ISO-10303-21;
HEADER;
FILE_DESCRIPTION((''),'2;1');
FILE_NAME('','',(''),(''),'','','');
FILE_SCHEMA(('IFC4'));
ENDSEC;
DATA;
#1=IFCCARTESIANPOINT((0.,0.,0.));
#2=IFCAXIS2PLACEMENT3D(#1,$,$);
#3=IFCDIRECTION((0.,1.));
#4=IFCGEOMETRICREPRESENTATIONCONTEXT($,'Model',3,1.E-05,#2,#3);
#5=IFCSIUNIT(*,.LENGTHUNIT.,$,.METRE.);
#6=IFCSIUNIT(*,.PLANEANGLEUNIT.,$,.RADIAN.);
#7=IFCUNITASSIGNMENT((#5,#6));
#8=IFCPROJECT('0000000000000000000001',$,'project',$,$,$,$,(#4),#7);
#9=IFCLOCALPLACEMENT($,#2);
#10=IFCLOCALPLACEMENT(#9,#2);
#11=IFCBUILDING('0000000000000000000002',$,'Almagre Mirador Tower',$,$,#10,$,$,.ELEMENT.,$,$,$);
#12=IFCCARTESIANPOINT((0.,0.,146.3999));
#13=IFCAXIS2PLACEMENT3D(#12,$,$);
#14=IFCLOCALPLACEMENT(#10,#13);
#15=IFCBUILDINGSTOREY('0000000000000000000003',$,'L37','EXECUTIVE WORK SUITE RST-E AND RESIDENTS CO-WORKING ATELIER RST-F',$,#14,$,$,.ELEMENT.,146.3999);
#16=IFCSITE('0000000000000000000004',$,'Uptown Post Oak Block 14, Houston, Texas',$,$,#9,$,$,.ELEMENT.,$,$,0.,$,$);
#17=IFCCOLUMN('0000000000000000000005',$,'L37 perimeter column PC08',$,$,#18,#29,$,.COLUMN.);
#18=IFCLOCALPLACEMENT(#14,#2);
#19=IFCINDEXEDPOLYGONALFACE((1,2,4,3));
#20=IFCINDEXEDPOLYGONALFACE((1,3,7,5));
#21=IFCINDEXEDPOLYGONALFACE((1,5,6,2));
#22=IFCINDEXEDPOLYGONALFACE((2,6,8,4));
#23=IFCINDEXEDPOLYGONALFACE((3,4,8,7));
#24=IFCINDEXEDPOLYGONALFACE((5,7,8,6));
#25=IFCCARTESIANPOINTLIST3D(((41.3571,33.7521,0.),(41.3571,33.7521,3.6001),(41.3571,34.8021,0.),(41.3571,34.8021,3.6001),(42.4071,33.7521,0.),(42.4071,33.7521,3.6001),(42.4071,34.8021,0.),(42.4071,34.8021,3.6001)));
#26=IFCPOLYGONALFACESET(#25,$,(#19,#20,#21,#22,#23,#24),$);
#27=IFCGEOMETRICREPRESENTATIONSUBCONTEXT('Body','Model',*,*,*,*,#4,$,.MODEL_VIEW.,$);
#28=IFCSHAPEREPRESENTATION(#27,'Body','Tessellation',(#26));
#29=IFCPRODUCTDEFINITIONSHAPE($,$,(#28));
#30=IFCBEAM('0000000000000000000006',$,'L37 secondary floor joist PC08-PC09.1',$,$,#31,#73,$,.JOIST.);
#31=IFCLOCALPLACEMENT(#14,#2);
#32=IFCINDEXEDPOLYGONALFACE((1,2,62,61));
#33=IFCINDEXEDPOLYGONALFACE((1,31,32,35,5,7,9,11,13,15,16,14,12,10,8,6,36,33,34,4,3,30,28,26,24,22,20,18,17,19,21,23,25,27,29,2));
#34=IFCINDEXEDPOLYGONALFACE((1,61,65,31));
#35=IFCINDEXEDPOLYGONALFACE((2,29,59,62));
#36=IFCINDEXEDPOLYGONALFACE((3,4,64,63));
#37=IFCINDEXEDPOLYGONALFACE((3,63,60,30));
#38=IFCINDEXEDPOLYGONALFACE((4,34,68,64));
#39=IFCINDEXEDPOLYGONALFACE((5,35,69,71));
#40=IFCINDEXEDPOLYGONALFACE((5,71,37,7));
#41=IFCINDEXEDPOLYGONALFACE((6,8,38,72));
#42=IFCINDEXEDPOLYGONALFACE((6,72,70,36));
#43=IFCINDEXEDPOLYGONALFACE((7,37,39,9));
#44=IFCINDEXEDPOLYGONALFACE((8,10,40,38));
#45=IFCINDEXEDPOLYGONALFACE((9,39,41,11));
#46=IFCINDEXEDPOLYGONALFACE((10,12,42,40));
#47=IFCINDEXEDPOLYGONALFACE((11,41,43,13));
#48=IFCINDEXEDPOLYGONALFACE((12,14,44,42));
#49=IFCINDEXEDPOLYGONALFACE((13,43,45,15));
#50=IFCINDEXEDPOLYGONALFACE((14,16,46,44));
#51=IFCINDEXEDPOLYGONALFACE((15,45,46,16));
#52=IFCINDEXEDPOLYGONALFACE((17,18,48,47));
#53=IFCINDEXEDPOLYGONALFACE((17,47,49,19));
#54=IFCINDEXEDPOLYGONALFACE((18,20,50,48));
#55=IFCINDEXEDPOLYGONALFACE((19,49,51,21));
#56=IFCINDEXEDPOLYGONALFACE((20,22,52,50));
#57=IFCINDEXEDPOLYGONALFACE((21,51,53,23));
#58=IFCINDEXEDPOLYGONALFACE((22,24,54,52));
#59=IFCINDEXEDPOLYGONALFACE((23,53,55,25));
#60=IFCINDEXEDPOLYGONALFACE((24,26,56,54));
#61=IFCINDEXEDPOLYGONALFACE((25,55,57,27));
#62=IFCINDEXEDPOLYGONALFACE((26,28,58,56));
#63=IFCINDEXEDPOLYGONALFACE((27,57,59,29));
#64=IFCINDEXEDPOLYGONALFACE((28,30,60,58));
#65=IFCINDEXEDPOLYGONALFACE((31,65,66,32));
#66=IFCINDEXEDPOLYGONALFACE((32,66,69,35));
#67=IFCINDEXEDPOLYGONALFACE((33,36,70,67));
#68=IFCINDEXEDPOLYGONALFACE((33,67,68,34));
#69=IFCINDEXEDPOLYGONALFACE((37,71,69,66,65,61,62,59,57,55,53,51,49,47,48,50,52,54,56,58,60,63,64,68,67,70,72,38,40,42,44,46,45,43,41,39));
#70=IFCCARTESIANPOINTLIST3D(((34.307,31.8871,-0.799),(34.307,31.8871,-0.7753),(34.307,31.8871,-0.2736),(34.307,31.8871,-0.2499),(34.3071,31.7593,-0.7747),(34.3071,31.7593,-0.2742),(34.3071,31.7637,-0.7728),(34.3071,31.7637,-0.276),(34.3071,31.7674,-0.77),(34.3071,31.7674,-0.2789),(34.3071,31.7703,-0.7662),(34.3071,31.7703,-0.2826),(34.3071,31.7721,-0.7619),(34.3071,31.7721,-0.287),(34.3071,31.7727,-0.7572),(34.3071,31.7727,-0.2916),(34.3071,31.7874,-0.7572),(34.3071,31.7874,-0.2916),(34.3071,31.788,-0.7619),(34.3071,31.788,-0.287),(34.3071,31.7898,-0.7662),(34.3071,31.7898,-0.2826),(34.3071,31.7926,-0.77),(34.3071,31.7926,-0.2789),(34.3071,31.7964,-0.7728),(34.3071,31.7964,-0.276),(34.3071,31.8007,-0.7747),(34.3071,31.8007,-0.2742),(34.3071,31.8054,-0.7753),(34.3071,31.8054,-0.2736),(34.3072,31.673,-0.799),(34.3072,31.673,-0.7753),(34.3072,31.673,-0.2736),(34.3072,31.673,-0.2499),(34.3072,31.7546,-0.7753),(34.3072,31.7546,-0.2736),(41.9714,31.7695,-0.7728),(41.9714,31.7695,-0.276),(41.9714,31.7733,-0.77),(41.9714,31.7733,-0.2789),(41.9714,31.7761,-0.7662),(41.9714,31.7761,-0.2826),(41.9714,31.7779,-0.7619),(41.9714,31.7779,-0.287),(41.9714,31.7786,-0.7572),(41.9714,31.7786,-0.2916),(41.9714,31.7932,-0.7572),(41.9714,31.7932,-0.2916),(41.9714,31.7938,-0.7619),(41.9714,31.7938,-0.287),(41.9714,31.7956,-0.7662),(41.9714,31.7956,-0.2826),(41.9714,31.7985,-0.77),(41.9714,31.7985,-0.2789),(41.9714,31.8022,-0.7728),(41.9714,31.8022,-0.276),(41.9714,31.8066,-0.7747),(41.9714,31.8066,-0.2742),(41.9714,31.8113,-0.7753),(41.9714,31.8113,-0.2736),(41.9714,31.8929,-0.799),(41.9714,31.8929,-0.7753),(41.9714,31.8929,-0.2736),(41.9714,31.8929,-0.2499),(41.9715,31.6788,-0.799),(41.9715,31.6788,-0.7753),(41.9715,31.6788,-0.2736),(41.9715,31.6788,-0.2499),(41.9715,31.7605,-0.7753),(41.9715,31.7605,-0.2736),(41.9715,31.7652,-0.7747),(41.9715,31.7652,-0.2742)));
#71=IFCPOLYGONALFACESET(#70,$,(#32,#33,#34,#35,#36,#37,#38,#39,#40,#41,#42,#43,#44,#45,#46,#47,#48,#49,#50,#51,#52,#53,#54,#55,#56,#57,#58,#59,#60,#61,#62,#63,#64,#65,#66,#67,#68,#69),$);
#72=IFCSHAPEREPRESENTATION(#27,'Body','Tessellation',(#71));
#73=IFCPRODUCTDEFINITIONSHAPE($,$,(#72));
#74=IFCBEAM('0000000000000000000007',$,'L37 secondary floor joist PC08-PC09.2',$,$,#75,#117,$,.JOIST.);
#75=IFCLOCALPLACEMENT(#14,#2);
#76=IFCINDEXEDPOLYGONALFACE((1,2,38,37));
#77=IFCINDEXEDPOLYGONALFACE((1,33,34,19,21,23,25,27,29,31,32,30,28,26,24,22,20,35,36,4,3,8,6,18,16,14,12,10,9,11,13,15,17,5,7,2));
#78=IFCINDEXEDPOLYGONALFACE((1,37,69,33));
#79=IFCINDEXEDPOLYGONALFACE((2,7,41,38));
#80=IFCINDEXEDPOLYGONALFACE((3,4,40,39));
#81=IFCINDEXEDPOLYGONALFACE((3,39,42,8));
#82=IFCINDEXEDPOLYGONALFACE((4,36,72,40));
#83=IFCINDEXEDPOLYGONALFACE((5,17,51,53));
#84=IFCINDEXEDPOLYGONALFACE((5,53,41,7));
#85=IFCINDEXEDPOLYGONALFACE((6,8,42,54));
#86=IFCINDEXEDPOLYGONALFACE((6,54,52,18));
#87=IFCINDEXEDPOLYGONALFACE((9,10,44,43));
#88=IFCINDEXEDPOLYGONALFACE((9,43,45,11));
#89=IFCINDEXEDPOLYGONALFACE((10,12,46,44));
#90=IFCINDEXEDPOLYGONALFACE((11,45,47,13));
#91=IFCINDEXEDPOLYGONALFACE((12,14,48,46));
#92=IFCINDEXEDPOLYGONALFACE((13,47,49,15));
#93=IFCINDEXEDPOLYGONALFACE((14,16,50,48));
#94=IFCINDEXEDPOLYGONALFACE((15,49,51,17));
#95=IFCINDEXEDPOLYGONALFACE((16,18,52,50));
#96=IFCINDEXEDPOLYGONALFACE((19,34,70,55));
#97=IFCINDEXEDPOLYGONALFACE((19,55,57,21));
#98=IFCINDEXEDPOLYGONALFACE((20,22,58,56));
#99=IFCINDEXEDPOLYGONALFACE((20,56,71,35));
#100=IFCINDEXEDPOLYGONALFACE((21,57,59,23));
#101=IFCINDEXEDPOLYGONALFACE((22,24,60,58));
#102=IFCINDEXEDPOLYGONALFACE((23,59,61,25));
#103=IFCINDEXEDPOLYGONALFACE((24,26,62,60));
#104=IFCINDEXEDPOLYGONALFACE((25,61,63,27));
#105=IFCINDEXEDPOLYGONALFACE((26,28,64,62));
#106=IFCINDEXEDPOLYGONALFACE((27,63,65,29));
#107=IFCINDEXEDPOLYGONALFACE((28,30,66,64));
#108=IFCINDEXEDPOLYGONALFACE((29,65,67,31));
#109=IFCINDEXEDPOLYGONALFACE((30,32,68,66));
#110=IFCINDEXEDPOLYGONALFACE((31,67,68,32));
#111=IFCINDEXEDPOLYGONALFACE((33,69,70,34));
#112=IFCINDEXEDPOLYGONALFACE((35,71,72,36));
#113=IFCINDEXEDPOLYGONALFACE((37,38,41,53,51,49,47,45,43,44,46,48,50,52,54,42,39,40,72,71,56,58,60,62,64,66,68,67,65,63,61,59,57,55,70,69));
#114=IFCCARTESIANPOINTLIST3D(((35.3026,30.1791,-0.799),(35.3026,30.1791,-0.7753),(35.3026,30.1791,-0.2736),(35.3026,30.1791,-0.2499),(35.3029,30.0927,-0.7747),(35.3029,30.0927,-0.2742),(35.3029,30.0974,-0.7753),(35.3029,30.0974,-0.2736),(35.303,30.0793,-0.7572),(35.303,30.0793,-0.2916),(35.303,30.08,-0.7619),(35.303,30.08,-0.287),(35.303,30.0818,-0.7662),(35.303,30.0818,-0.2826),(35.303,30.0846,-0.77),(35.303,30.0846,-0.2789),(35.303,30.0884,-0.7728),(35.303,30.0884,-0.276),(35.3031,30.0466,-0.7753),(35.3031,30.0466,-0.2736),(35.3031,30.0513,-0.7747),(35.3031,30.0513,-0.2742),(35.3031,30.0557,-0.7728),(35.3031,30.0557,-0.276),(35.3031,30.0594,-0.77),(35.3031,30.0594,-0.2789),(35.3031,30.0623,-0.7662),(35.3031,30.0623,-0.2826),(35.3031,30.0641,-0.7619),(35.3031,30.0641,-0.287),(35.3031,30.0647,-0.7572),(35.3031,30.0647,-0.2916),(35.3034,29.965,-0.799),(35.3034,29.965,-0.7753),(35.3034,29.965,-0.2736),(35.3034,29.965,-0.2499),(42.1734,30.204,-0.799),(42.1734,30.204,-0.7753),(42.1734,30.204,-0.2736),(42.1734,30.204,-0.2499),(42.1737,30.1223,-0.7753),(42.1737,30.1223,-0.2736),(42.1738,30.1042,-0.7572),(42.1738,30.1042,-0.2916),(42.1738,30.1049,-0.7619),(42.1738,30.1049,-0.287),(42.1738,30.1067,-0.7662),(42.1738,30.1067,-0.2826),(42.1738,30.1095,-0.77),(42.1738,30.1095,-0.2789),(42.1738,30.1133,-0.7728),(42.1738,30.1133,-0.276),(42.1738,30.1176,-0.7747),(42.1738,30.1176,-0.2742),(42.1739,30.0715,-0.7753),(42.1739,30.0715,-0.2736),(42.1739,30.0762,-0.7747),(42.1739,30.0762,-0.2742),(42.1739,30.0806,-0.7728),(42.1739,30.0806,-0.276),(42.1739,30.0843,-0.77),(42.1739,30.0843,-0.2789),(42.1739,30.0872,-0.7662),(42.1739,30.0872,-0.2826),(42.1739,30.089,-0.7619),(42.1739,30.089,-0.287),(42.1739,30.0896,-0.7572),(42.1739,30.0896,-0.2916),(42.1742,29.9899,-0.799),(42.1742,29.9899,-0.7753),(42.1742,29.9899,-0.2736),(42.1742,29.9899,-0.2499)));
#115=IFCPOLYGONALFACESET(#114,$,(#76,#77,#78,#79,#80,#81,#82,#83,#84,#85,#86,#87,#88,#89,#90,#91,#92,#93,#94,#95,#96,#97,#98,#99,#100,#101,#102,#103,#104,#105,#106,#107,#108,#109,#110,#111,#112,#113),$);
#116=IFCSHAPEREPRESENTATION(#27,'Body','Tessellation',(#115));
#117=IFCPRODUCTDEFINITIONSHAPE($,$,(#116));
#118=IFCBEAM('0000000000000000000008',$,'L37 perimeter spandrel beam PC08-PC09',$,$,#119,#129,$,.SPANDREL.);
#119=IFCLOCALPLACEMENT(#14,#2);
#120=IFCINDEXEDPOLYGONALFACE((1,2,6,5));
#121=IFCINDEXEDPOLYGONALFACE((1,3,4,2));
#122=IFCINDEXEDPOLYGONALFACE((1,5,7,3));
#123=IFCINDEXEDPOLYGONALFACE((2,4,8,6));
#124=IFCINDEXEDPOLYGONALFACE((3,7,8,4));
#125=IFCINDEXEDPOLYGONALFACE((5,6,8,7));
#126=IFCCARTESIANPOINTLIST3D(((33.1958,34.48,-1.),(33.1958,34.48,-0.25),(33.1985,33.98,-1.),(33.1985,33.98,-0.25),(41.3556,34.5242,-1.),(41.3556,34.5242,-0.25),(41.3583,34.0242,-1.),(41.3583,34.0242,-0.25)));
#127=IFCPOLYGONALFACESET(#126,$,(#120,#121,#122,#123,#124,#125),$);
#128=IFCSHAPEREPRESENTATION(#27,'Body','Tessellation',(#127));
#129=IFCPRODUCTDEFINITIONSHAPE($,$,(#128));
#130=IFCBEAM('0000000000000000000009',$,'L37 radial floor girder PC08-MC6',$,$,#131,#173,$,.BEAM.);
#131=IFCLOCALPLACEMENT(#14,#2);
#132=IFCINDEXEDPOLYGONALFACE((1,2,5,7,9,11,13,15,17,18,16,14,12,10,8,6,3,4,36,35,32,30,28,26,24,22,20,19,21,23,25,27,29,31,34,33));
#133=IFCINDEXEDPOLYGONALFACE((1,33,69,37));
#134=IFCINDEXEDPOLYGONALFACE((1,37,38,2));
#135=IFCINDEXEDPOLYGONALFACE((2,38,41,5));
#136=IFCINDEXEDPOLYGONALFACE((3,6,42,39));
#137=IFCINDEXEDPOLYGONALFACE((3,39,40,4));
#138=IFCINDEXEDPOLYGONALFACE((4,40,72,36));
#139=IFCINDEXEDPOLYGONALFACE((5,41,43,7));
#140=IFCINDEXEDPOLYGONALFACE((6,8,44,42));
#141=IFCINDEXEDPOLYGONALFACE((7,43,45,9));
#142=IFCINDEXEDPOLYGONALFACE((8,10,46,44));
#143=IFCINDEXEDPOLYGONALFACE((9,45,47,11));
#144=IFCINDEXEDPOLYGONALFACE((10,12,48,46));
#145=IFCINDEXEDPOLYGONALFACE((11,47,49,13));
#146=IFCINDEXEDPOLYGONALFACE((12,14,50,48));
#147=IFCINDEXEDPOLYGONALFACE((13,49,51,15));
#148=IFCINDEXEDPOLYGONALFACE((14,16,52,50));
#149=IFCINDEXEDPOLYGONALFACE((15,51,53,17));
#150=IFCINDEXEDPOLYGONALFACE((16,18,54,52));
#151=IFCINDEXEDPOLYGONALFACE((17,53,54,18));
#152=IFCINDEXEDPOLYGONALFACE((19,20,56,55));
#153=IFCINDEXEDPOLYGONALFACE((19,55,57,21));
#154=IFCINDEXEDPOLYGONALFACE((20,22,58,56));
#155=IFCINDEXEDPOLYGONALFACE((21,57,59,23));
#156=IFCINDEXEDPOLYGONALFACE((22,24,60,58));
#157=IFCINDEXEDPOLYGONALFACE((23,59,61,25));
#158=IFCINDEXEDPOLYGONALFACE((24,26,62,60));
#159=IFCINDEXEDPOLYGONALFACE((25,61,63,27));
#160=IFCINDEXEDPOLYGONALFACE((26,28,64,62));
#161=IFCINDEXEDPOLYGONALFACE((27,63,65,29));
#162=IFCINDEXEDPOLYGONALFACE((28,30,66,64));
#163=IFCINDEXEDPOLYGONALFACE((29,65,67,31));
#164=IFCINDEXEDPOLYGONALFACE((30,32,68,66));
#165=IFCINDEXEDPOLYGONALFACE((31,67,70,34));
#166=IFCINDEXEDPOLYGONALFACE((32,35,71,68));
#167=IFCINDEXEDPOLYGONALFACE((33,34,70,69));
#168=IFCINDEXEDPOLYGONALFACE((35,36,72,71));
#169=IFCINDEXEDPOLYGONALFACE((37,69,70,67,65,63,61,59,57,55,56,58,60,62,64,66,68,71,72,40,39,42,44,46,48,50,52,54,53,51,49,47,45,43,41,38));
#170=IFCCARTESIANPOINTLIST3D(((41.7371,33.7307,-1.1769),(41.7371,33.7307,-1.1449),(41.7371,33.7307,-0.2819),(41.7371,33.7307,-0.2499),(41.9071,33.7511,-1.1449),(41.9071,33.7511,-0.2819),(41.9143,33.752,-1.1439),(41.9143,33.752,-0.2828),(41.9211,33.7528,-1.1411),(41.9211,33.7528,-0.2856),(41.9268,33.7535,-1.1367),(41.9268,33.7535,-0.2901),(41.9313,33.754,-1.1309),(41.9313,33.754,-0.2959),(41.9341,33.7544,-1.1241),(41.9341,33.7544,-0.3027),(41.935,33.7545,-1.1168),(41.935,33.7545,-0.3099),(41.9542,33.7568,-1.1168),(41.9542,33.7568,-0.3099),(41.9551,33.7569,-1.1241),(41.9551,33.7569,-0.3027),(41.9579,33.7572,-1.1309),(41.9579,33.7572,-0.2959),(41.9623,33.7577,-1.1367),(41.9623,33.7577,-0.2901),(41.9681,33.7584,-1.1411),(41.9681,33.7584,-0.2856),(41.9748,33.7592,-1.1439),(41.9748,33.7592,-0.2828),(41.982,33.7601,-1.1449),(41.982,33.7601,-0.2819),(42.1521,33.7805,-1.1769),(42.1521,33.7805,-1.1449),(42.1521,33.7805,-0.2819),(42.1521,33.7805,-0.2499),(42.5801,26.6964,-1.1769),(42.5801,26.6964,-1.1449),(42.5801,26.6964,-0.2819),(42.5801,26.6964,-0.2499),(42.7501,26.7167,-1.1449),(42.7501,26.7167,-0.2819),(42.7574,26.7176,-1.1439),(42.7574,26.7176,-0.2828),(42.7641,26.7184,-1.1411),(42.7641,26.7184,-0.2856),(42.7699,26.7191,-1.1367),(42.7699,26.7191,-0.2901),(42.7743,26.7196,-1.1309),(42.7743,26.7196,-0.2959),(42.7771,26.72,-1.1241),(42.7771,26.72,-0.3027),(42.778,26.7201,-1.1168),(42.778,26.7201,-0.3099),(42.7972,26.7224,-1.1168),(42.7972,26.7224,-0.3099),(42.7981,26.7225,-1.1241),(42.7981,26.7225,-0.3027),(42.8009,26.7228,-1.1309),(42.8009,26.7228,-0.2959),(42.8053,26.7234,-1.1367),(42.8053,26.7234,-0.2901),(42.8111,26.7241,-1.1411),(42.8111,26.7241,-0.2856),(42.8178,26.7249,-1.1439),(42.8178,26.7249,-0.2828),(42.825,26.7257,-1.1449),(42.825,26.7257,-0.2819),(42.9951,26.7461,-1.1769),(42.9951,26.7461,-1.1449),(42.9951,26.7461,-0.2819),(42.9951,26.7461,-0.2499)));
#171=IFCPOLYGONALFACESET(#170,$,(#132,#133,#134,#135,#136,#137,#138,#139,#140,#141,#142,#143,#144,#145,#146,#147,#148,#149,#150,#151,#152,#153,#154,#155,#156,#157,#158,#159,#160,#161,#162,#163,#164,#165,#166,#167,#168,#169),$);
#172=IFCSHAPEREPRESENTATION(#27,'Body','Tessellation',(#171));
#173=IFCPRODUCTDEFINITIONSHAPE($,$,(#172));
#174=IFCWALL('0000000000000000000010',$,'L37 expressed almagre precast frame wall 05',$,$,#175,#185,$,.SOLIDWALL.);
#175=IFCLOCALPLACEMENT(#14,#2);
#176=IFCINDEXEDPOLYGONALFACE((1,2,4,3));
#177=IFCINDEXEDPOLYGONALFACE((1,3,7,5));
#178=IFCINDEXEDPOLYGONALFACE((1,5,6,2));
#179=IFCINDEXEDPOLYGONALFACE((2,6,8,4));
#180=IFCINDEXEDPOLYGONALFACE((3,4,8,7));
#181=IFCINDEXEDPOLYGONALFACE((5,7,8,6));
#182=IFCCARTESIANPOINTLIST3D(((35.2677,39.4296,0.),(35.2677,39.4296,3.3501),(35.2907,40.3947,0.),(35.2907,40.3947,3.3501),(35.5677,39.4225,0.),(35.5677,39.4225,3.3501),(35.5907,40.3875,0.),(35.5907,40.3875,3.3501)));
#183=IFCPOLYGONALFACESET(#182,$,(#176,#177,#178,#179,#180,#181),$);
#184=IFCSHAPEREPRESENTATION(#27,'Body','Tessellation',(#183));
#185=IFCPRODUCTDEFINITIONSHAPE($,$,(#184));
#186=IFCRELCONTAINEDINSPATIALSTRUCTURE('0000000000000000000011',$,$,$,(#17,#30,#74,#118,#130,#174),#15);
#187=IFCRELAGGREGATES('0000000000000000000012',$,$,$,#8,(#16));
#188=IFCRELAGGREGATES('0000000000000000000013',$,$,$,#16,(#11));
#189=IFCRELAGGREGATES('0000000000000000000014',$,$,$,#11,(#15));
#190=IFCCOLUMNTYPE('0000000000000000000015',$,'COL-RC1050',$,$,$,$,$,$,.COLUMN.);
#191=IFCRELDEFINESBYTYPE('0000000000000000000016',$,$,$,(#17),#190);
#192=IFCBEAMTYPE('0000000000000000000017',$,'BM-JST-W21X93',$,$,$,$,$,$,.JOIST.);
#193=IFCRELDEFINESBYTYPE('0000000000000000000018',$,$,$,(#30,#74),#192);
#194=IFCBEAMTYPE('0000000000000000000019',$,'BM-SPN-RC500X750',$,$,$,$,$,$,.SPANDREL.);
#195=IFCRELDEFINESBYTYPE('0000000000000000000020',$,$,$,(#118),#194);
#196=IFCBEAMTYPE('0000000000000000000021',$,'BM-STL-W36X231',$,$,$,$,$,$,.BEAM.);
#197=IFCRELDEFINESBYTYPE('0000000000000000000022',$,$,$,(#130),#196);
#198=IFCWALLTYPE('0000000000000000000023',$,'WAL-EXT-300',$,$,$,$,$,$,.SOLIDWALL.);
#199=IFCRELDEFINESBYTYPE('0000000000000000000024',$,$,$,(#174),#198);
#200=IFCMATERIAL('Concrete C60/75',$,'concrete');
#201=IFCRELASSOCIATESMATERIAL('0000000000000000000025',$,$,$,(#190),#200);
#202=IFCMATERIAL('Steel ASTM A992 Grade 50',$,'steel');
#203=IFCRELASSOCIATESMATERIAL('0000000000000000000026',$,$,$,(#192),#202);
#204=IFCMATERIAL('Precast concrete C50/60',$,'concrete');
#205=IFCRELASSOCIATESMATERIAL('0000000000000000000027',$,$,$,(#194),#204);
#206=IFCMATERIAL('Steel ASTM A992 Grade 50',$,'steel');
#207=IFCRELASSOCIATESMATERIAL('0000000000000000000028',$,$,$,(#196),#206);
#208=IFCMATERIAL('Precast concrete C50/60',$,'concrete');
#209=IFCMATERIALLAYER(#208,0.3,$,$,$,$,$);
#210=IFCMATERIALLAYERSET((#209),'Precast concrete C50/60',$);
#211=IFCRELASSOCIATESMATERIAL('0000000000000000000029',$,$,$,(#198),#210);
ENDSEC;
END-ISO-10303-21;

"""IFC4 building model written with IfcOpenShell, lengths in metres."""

from ifc_helpers import new_model, si_unit, direction, frame, frame_2d, origin, origin_2d, place, context, subcontext, project, spatial, rectangle, i_section, extrude, material, layer, layer_set, material_profile, profile_set, type_object, element, save


model = new_model("IFC4")

# Units and contexts
model_context = context("Model", 3, precision=1e-05, world=origin(), true_north=direction((0.0, 1.0)))
body_context = subcontext(model_context, "Body", "Model", "MODEL_VIEW")
ifc_project = project(units=[si_unit("LENGTHUNIT", "METRE"), si_unit("PLANEANGLEUNIT", "RADIAN")], contexts=[model_context])

# Site, building, storey
site_placement = place(None, origin())
site = spatial("IfcSite", under=ifc_project, at=site_placement, Name="Uptown Post Oak Block 14, Houston, Texas", CompositionType="ELEMENT", RefElevation=0.0)
building_placement = place(site_placement, origin())
building = spatial("IfcBuilding", under=site, at=building_placement, Name="Almagre Mirador Tower", CompositionType="ELEMENT")
storey_placement = place(building_placement, frame((0.0, 0.0, 146.3999)))
storey = spatial("IfcBuildingStorey", under=building, at=storey_placement, Name="L37", Description="EXECUTIVE WORK SUITE RST-E AND RESIDENTS CO-WORKING ATELIER RST-F", CompositionType="ELEMENT", Elevation=146.3999)

# Column
ifc_material_1 = material(Name="Concrete C60/75", Category="concrete")
ifc_material_profile_1 = material_profile(ifc_material_1, rectangle(XDim=1.05, YDim=1.05, at=origin_2d()), Name="RC1050X1050")
ifc_profile_set_1 = profile_set([ifc_material_profile_1], Name="Concrete C60/75")
column_type = type_object("IfcColumnType", Name="COL-RC1050", PredefinedType="COLUMN", material=ifc_profile_set_1)
column_placement = place(storey_placement, frame((41.8821, 34.2771, 0.0), z_axis=(0.0, 0.0, 1.0), x_axis=(1.0, 0.0, 0.0)))
element("IfcColumn", 1, at=column_placement, inside=storey, type_object=column_type, Name="L37 perimeter column PC08", PredefinedType="COLUMN", context=body_context, shape_type="SweptSolid", body=[
    extrude(rectangle(XDim=1.05, YDim=1.05, at=origin_2d()), origin(), (0.0, 0.0, 1.0), 3.6001),
])

# Beams
ifc_material_2 = material(Name="Steel ASTM A992 Grade 50", Category="steel")
ifc_material_profile_2 = material_profile(ifc_material_2, i_section(OverallWidth=0.2141, OverallDepth=0.5491, WebThickness=0.0146, FlangeThickness=0.0237, FilletRadius=0.0181, at=origin_2d()), Name="W21X93")
ifc_profile_set_2 = profile_set([ifc_material_profile_2], Name="Steel ASTM A992 Grade 50")
beam_type_1 = type_object("IfcBeamType", Name="BM-JST-W21X93", PredefinedType="JOIST", material=ifc_profile_set_2)
beam_1_placement = place(storey_placement, frame((41.9714, 31.7859, -0.5244), z_axis=(-1.0, -0.000765, 0.0), x_axis=(0.000765, -1.0, 0.0)))
element("IfcBeam", 2, at=beam_1_placement, inside=storey, type_object=beam_type_1, Name="L37 secondary floor joist PC08-PC09.1", PredefinedType="JOIST", context=body_context, shape_type="SweptSolid", body=[
    extrude(i_section(OverallWidth=0.2141, OverallDepth=0.5491, WebThickness=0.0146, FlangeThickness=0.0237, FilletRadius=0.0181, at=origin_2d()), origin(), (0.0, 0.0, 1.0), 7.6643),
])
beam_2_placement = place(storey_placement, frame((42.1738, 30.0969, -0.5244), z_axis=(-0.999993, -0.003624, 0.0), x_axis=(0.003624, -0.999993, 0.0)))
element("IfcBeam", 3, at=beam_2_placement, inside=storey, type_object=beam_type_1, Name="L37 secondary floor joist PC08-PC09.2", PredefinedType="JOIST", context=body_context, shape_type="SweptSolid", body=[
    extrude(i_section(OverallWidth=0.2141, OverallDepth=0.5491, WebThickness=0.0146, FlangeThickness=0.0237, FilletRadius=0.0181, at=origin_2d()), origin(), (0.0, 0.0, 1.0), 6.8708),
])
ifc_material_3 = material(Name="Precast concrete C50/60", Category="concrete")
ifc_material_profile_3 = material_profile(ifc_material_3, rectangle(XDim=0.5, YDim=0.75, at=origin_2d()), Name="RC500X750")
ifc_profile_set_3 = profile_set([ifc_material_profile_3], Name="Precast concrete C50/60")
beam_type_2 = type_object("IfcBeamType", Name="BM-SPN-RC500X750", PredefinedType="SPANDREL", material=ifc_profile_set_3)
beam_3_placement = place(storey_placement, frame((41.3569, 34.2742, -0.625), z_axis=(-0.999985, -0.005415, 0.0), x_axis=(0.005415, -0.999985, 0.0)))
element("IfcBeam", 4, at=beam_3_placement, inside=storey, type_object=beam_type_2, Name="L37 perimeter spandrel beam PC08-PC09", PredefinedType="SPANDREL", context=body_context, shape_type="SweptSolid", body=[
    extrude(rectangle(XDim=0.5, YDim=0.75, at=origin_2d()), origin(), (0.0, 0.0, 1.0), 8.1599),
])
ifc_material_4 = material(Name="Steel ASTM A992 Grade 50", Category="steel")
ifc_material_profile_4 = material_profile(ifc_material_4, i_section(OverallWidth=0.418, OverallDepth=0.927, WebThickness=0.0193, FlangeThickness=0.032, FilletRadius=0.0281, at=origin_2d()), Name="W36X231")
ifc_profile_set_4 = profile_set([ifc_material_profile_4], Name="Steel ASTM A992 Grade 50")
beam_type_3 = type_object("IfcBeamType", Name="BM-STL-W36X231", PredefinedType="BEAM", material=ifc_profile_set_4)
beam_4_placement = place(storey_placement, frame((41.9446, 33.7556, -0.7134), z_axis=(0.11899, -0.992895, 0.0), x_axis=(0.992895, 0.11899, 0.0)))
element("IfcBeam", 5, at=beam_4_placement, inside=storey, type_object=beam_type_3, Name="L37 radial floor girder PC08-MC6", PredefinedType="BEAM", context=body_context, shape_type="SweptSolid", body=[
    extrude(i_section(OverallWidth=0.418, OverallDepth=0.927, WebThickness=0.0193, FlangeThickness=0.032, FilletRadius=0.0281, at=origin_2d()), origin(), (0.0, 0.0, 1.0), 7.0847),
])

# Wall
ifc_material_5 = material(Name="Precast concrete C50/60", Category="concrete")
ifc_layer_1 = layer(ifc_material_5, 0.3)
ifc_layer_set_1 = layer_set([ifc_layer_1], Name="Precast concrete C50/60")
wall_type_1 = type_object("IfcWallType", Name="WAL-EXT-300", PredefinedType="SOLIDWALL", material=ifc_layer_set_1)
wall_1_placement = place(storey_placement, frame((35.4407, 40.3911, 0.0), z_axis=(0.0, 0.0, 1.0), x_axis=(-0.023773, -0.999717, 0.0)))
element("IfcWall", 6, at=wall_1_placement, inside=storey, type_object=wall_type_1, Name="L37 expressed almagre precast frame wall 05", PredefinedType="SOLIDWALL", context=body_context, shape_type="SweptSolid", body=[
    extrude(rectangle(XDim=0.9653, YDim=0.3, at=frame_2d((0.4827, 0.0))), origin(), (0.0, 0.0, 1.0), 3.3501),
])

save(model, "model.ifc")
